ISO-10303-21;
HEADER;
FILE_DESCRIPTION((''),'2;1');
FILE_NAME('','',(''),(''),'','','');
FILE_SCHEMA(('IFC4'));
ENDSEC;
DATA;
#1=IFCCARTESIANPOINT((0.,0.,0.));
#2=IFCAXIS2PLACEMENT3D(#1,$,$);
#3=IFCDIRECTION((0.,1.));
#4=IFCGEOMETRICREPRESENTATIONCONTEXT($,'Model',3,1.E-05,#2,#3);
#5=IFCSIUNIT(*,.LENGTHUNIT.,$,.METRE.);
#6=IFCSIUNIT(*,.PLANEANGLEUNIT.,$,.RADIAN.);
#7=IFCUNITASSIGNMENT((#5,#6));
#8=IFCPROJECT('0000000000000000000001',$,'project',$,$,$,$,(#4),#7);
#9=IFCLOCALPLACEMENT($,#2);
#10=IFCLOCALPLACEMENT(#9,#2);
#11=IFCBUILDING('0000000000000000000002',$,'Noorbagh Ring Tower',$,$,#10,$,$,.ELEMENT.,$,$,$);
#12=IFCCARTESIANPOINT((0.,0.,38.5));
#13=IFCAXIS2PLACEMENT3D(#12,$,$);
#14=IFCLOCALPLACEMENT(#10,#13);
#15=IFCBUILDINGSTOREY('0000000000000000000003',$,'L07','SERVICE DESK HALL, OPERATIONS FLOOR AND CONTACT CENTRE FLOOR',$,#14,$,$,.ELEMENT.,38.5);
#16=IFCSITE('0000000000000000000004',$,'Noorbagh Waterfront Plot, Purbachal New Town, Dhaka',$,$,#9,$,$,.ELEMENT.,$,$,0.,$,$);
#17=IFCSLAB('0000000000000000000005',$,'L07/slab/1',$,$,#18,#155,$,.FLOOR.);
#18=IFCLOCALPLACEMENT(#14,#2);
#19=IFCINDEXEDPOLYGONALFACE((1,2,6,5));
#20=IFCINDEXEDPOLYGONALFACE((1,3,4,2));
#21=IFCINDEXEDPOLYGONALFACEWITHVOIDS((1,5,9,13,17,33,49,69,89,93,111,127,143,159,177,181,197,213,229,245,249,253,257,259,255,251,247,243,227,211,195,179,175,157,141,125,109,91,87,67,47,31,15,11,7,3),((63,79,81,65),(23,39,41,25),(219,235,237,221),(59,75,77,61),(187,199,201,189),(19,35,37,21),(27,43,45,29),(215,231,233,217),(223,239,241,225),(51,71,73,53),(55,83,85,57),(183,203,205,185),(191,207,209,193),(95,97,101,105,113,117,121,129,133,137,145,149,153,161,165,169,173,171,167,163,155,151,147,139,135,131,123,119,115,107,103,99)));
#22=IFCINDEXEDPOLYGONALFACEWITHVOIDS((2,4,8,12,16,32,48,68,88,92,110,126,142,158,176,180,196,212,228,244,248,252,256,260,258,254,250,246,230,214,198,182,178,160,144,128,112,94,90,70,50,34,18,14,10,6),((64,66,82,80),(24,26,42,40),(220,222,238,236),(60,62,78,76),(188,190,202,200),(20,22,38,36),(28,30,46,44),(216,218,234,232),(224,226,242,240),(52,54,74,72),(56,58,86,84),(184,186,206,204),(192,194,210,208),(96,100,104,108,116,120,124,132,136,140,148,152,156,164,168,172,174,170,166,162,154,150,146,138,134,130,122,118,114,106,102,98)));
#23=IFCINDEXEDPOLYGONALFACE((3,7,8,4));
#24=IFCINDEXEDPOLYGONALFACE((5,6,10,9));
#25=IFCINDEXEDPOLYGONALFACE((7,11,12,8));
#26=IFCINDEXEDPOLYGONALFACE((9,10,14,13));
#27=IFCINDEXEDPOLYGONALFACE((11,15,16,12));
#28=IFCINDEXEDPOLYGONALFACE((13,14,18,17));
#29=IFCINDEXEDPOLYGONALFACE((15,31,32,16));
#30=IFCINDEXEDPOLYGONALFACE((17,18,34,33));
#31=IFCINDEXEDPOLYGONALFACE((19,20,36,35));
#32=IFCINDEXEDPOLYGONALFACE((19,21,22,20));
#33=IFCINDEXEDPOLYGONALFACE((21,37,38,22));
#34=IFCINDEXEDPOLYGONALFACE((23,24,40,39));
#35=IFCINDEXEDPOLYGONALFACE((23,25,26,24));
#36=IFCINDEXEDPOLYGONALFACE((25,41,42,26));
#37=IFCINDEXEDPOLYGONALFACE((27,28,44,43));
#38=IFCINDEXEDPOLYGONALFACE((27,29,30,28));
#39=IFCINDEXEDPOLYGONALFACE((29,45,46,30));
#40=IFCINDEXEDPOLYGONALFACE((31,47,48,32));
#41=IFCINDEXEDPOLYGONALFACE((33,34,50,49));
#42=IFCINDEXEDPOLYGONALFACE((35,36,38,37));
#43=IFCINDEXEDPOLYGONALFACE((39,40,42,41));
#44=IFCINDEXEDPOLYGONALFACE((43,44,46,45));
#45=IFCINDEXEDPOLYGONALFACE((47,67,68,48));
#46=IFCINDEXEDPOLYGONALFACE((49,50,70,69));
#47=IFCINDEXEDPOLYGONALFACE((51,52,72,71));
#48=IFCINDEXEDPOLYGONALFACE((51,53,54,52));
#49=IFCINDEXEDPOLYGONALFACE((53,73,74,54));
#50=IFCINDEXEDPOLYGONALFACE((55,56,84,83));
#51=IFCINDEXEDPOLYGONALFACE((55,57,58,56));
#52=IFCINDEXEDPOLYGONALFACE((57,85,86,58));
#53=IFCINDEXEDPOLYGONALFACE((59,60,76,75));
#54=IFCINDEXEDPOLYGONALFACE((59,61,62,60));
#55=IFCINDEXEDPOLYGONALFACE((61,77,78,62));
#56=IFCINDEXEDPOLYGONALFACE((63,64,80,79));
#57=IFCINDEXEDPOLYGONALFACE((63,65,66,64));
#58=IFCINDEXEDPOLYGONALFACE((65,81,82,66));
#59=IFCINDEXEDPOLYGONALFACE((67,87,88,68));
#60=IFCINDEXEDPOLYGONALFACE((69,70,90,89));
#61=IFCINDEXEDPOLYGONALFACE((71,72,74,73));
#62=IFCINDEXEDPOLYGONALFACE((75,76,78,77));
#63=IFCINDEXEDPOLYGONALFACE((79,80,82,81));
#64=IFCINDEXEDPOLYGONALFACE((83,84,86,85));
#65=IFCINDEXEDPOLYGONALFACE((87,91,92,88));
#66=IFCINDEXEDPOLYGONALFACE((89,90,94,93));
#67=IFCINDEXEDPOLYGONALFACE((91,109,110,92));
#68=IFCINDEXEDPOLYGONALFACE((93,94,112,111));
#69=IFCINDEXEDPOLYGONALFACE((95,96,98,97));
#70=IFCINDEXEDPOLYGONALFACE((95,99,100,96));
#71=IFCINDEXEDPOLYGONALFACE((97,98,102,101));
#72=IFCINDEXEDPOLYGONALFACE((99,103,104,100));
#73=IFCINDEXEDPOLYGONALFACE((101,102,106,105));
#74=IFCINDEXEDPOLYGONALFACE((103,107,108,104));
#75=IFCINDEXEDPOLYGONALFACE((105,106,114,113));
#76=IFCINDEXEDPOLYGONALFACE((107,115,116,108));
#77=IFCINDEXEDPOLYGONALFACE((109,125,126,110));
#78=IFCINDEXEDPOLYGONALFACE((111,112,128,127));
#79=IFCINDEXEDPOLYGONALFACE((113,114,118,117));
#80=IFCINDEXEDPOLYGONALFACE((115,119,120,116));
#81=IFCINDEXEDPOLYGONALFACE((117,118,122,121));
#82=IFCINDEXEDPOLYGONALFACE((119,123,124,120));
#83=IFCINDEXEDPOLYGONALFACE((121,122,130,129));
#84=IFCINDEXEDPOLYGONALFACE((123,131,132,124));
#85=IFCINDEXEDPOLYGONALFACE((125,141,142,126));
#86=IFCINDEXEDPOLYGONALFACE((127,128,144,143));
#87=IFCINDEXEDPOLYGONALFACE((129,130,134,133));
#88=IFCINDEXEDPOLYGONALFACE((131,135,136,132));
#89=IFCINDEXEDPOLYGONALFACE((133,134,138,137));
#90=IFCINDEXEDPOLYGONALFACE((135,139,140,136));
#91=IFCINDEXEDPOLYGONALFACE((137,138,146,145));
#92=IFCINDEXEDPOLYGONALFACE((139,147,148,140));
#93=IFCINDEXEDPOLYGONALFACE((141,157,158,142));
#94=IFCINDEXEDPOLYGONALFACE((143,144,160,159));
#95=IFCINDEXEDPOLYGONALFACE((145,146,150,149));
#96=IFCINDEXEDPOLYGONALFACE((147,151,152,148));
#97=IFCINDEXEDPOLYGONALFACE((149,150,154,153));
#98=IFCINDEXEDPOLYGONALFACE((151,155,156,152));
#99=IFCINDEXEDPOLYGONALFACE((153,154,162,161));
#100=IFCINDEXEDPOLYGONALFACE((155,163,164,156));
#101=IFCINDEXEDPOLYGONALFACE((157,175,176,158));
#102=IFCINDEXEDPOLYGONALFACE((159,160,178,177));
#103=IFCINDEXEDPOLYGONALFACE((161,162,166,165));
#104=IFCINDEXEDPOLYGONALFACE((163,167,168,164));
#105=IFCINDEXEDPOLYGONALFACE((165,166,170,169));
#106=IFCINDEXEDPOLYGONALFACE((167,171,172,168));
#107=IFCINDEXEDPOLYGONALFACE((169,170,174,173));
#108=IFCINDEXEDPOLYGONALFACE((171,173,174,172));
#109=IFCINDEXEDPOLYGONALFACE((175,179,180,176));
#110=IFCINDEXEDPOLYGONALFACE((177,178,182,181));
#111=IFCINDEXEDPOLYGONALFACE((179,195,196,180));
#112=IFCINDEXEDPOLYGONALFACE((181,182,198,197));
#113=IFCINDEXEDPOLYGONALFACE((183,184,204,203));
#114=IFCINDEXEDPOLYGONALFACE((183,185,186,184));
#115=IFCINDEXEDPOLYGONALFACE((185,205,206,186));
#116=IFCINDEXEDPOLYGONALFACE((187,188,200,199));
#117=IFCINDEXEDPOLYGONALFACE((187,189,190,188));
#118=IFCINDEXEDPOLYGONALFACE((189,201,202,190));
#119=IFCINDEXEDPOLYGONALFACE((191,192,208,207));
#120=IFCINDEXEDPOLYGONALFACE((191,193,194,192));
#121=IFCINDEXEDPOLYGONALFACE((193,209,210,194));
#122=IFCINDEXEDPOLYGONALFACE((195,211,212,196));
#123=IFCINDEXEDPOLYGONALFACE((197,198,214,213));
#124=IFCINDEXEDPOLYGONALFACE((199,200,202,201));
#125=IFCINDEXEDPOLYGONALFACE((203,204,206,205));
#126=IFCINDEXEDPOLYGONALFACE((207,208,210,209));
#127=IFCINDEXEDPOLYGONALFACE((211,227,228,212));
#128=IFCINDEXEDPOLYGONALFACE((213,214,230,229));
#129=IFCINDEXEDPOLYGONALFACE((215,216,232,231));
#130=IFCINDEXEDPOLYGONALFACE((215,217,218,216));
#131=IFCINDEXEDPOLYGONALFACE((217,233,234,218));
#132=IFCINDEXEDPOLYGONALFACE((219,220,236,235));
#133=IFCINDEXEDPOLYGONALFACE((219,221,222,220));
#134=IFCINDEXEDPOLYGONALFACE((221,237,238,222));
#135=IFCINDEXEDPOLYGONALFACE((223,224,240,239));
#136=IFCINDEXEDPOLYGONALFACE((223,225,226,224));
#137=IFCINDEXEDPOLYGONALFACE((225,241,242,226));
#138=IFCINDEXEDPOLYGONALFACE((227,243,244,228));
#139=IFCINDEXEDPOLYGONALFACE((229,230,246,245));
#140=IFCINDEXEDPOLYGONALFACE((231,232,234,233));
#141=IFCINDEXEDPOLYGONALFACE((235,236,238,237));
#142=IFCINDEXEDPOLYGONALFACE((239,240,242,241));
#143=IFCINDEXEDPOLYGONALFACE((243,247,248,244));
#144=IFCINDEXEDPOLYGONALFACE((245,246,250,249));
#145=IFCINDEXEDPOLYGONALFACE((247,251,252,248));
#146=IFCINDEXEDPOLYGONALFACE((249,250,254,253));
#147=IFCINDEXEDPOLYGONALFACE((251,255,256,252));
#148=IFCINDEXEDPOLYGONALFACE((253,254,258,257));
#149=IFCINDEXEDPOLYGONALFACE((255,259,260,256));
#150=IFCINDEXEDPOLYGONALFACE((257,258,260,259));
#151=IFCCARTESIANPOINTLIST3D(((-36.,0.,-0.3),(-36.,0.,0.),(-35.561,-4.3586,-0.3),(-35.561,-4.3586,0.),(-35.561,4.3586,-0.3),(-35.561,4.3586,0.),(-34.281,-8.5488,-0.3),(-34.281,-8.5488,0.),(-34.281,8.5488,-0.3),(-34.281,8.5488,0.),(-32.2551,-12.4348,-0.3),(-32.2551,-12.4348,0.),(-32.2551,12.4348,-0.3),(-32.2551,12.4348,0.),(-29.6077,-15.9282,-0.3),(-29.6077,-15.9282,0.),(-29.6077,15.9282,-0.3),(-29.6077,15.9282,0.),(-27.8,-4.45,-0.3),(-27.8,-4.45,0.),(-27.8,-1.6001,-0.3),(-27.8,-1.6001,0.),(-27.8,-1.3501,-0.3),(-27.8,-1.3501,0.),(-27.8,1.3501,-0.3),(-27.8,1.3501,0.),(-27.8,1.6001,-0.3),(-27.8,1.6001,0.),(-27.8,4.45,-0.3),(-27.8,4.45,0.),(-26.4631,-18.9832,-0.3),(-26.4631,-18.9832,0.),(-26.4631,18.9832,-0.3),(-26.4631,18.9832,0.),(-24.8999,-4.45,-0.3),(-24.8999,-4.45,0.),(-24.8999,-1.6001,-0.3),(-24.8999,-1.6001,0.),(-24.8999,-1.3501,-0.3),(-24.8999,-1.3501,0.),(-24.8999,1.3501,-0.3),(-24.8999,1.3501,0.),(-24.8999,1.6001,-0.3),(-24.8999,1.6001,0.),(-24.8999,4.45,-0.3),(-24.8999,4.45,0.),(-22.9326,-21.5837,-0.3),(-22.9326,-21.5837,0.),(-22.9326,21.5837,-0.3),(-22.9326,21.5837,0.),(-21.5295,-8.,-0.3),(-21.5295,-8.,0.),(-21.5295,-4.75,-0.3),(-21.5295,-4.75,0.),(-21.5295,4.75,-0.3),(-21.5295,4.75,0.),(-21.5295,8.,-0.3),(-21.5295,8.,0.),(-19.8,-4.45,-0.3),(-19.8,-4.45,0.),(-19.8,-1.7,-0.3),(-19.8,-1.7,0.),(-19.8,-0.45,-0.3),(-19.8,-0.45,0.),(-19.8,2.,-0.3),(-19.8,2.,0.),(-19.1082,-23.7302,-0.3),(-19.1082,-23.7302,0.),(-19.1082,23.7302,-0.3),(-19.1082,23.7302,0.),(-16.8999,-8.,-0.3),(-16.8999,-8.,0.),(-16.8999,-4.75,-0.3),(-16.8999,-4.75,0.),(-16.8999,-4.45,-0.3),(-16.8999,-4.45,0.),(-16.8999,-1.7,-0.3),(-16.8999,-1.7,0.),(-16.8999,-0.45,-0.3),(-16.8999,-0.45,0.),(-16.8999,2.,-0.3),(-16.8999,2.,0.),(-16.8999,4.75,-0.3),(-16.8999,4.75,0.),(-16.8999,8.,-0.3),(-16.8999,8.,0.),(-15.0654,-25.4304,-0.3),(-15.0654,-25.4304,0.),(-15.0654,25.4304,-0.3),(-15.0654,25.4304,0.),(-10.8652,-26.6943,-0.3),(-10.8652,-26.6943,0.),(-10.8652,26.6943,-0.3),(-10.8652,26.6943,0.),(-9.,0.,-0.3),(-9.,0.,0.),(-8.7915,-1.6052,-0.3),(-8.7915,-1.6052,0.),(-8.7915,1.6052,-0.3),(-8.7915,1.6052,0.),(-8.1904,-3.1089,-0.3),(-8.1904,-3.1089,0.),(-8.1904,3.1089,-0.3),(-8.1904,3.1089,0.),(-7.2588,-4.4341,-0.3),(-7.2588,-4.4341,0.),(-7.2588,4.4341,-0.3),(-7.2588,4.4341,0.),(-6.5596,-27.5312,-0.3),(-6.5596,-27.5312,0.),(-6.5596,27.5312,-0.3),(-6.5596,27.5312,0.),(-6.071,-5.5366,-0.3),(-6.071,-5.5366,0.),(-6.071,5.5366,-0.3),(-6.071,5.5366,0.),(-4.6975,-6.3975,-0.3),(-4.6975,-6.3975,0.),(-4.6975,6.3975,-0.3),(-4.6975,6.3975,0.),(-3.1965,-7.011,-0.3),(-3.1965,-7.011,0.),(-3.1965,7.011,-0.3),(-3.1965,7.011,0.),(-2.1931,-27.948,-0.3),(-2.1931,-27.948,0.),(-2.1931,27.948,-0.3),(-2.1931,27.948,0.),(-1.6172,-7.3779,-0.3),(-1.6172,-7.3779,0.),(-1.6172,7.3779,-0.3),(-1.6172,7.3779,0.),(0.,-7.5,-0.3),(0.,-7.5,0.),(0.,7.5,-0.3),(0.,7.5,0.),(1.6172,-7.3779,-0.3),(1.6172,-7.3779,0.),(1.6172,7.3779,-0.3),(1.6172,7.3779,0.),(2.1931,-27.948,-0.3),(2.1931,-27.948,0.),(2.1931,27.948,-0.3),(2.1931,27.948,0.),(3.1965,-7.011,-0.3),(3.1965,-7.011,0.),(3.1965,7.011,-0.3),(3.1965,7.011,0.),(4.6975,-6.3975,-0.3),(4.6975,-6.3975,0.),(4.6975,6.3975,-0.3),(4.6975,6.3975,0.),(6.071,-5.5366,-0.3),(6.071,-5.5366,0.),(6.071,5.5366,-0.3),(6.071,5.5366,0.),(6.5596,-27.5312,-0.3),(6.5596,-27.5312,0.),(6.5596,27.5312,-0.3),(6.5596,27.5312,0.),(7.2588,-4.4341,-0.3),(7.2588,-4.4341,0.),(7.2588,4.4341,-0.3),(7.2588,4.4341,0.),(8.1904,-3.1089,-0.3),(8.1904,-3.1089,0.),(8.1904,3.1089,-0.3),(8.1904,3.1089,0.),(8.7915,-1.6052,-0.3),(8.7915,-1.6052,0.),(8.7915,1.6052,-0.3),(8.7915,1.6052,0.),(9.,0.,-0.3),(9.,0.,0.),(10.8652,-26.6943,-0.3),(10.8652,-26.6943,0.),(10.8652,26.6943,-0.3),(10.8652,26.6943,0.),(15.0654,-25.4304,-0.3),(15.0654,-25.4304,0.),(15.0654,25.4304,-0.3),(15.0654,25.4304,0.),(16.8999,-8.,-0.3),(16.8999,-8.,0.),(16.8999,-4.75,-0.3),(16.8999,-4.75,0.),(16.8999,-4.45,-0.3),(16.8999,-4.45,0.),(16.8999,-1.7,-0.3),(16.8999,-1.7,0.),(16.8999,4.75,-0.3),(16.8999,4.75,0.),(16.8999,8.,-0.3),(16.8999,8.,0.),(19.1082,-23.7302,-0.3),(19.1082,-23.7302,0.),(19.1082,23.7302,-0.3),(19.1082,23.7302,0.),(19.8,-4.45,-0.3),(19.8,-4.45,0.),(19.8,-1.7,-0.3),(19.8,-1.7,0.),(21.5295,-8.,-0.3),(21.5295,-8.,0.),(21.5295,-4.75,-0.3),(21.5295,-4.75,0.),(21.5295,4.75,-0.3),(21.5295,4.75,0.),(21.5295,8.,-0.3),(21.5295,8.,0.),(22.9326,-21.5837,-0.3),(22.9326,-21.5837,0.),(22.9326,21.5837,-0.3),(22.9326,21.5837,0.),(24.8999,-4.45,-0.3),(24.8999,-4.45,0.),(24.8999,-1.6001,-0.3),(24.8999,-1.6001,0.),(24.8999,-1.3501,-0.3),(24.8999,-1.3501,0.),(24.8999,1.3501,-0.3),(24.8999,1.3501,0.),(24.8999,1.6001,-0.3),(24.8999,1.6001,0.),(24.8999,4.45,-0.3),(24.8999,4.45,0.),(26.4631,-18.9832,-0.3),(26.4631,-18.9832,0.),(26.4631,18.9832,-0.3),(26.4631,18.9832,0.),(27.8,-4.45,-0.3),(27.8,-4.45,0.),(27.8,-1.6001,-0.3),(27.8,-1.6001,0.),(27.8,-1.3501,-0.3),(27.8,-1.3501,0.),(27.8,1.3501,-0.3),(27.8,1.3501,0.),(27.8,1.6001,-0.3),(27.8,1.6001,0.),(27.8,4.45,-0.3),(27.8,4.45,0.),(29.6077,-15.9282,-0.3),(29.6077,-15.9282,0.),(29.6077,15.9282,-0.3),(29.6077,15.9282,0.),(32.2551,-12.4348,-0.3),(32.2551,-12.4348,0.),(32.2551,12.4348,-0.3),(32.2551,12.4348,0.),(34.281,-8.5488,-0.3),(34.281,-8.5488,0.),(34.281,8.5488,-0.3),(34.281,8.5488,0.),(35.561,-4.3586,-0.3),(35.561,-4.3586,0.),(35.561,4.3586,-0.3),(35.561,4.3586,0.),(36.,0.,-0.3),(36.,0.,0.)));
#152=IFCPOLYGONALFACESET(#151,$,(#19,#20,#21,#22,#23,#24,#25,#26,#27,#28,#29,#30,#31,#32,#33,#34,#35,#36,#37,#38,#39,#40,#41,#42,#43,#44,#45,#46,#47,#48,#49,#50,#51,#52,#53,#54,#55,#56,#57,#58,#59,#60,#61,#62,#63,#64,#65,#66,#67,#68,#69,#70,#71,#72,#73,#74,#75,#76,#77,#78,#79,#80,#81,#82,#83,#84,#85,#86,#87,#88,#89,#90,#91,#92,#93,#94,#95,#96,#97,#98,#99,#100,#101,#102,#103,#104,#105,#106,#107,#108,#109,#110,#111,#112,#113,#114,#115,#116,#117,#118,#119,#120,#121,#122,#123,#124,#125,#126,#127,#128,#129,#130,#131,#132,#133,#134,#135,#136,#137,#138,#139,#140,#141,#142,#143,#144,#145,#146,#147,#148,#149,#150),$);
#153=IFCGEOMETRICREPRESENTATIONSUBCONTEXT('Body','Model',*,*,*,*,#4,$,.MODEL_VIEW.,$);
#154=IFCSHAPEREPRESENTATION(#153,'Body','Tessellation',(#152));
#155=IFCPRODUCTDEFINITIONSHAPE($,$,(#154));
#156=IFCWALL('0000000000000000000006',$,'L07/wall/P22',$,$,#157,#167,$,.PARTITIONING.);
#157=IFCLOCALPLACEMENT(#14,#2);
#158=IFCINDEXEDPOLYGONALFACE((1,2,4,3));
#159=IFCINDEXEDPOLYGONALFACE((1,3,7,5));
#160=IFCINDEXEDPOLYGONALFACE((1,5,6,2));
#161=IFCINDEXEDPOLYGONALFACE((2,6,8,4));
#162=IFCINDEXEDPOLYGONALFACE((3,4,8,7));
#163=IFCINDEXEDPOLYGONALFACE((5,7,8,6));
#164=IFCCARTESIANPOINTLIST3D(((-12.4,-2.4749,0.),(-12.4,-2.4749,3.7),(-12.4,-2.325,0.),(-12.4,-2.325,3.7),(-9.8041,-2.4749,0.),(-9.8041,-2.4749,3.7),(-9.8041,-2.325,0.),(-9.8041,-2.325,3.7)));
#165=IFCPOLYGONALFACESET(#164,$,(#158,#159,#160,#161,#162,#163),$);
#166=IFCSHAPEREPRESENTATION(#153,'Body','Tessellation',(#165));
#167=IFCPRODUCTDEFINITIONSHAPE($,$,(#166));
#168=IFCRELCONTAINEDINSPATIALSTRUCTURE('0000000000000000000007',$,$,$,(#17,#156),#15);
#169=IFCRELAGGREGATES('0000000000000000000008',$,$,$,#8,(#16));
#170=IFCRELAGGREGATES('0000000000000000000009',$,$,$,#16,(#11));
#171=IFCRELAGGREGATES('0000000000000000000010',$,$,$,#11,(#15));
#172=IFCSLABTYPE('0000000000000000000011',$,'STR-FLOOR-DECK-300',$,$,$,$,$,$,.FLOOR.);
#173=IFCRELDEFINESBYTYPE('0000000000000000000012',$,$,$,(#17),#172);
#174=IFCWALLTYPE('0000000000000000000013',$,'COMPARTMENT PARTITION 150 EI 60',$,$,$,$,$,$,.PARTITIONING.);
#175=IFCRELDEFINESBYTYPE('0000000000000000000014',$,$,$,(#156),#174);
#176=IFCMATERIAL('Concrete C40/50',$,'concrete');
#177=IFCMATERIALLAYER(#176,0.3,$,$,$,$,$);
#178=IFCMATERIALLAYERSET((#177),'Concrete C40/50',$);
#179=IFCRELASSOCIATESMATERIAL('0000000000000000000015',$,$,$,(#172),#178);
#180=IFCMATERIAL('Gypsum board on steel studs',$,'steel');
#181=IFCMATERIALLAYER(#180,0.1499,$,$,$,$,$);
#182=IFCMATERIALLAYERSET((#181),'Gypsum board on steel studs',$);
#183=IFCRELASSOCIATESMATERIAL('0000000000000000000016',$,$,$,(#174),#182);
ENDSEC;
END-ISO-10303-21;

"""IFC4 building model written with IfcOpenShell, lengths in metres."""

from ifc_helpers import new_model, si_unit, direction, frame, frame_2d, origin, place, context, subcontext, project, spatial, polyline, rectangle, outline, extrude, material, layer, layer_set, type_object, element, save


model = new_model("IFC4")

# Units and contexts
model_context = context("Model", 3, precision=1e-05, world=origin(), true_north=direction((0.0, 1.0)))
body_context = subcontext(model_context, "Body", "Model", "MODEL_VIEW")
ifc_project = project(units=[si_unit("LENGTHUNIT", "METRE"), si_unit("PLANEANGLEUNIT", "RADIAN")], contexts=[model_context])

# Site, building, storey
site_placement = place(None, origin())
site = spatial("IfcSite", under=ifc_project, at=site_placement, Name="Noorbagh Waterfront Plot, Purbachal New Town, Dhaka", CompositionType="ELEMENT", RefElevation=0.0)
building_placement = place(site_placement, origin())
building = spatial("IfcBuilding", under=site, at=building_placement, Name="Noorbagh Ring Tower", CompositionType="ELEMENT")
storey_placement = place(building_placement, frame((0.0, 0.0, 38.5)))
storey = spatial("IfcBuildingStorey", under=building, at=storey_placement, Name="L07", Description="SERVICE DESK HALL, OPERATIONS FLOOR AND CONTACT CENTRE FLOOR", CompositionType="ELEMENT", Elevation=38.5)

# Slab
ifc_material_1 = material(Name="Concrete C40/50", Category="concrete")
ifc_layer_1 = layer(ifc_material_1, 0.3)
ifc_layer_set_1 = layer_set([ifc_layer_1], Name="Concrete C40/50")
slab_type_1 = type_object("IfcSlabType", Name="STR-FLOOR-DECK-300", PredefinedType="FLOOR", material=ifc_layer_set_1)
slab_1_placement = place(storey_placement, frame((0.0, 0.0, -0.3)))
element("IfcSlab", 1, at=slab_1_placement, inside=storey, type_object=slab_type_1, Name="L07/slab/1", PredefinedType="FLOOR", context=body_context, shape_type="SweptSolid", body=[
    extrude(outline(polyline([(36.0, 0.0), (35.561, 4.3586), (34.281, 8.5488), (32.2551, 12.4348), (29.6077, 15.9282), (26.4631, 18.9832), (22.9326, 21.5837), (19.1082, 23.7302), (15.0654, 25.4304), (10.8652, 26.6943), (6.5596, 27.5312), (2.1931, 27.948), (-2.1931, 27.948), (-6.5596, 27.5312), (-10.8652, 26.6943), (-15.0654, 25.4304), (-19.1082, 23.7302), (-22.9326, 21.5837), (-26.4631, 18.9832), (-29.6077, 15.9282), (-32.2551, 12.4348), (-34.281, 8.5488), (-35.561, 4.3586), (-36.0, 0.0), (-35.561, -4.3586), (-34.281, -8.5488), (-32.2551, -12.4348), (-29.6077, -15.9282), (-26.4631, -18.9832), (-22.9326, -21.5837), (-19.1082, -23.7302), (-15.0654, -25.4304), (-10.8652, -26.6943), (-6.5596, -27.5312), (-2.1931, -27.948), (2.1931, -27.948), (6.5596, -27.5312), (10.8652, -26.6943), (15.0654, -25.4304), (19.1082, -23.7302), (22.9326, -21.5837), (26.4631, -18.9832), (29.6077, -15.9282), (32.2551, -12.4348), (34.281, -8.5488), (35.561, -4.3586), (36.0, 0.0)]), holes=[polyline([(24.8999, -1.6001), (27.8, -1.6001), (27.8, -4.45), (24.8999, -4.45), (24.8999, -1.6001)]), polyline([(24.8999, 1.3501), (27.8, 1.3501), (27.8, -1.3501), (24.8999, -1.3501), (24.8999, 1.3501)]), polyline([(24.8999, 4.45), (27.8, 4.45), (27.8, 1.6001), (24.8999, 1.6001), (24.8999, 4.45)]), polyline([(21.5295, -4.75), (21.5295, -8.0), (16.8999, -8.0), (16.8999, -4.75), (21.5295, -4.75)]), polyline([(21.5295, 4.75), (16.8999, 4.75), (16.8999, 8.0), (21.5295, 8.0), (21.5295, 4.75)]), polyline([(16.8999, -1.7), (19.8, -1.7), (19.8, -4.45), (16.8999, -4.45), (16.8999, -1.7)]), polyline([(4.6975, -6.3975), (3.1965, -7.011), (1.6172, -7.3779), (0.0, -7.5), (-1.6172, -7.3779), (-3.1965, -7.011), (-4.6975, -6.3975), (-6.071, -5.5366), (-7.2588, -4.4341), (-8.1904, -3.1089), (-8.7915, -1.6052), (-9.0, 0.0), (-8.7915, 1.6052), (-8.1904, 3.1089), (-7.2588, 4.4341), (-6.071, 5.5366), (-4.6975, 6.3975), (-3.1965, 7.011), (-1.6172, 7.3779), (0.0, 7.5), (1.6172, 7.3779), (3.1965, 7.011), (4.6975, 6.3975), (6.071, 5.5366), (7.2588, 4.4341), (8.1904, 3.1089), (8.7915, 1.6052), (9.0, 0.0), (8.7915, -1.6052), (8.1904, -3.1089), (7.2588, -4.4341), (6.071, -5.5366), (4.6975, -6.3975)]), polyline([(-21.5295, -8.0), (-21.5295, -4.75), (-16.8999, -4.75), (-16.8999, -8.0), (-21.5295, -8.0)]), polyline([(-21.5295, 8.0), (-16.8999, 8.0), (-16.8999, 4.75), (-21.5295, 4.75), (-21.5295, 8.0)]), polyline([(-16.8999, -4.45), (-19.8, -4.45), (-19.8, -1.7), (-16.8999, -1.7), (-16.8999, -4.45)]), polyline([(-16.8999, -0.45), (-19.8, -0.45), (-19.8, 2.0), (-16.8999, 2.0), (-16.8999, -0.45)]), polyline([(-24.8999, -4.45), (-27.8, -4.45), (-27.8, -1.6001), (-24.8999, -1.6001), (-24.8999, -4.45)]), polyline([(-24.8999, -1.3501), (-27.8, -1.3501), (-27.8, 1.3501), (-24.8999, 1.3501), (-24.8999, -1.3501)]), polyline([(-24.8999, 1.6001), (-27.8, 1.6001), (-27.8, 4.45), (-24.8999, 4.45), (-24.8999, 1.6001)])]), origin(), (0.0, 0.0, 1.0), 0.3),
])

# Wall
ifc_material_2 = material(Name="Gypsum board on steel studs", Category="steel")
ifc_layer_2 = layer(ifc_material_2, 0.1499)
ifc_layer_set_2 = layer_set([ifc_layer_2], Name="Gypsum board on steel studs")
wall_type_1 = type_object("IfcWallType", Name="COMPARTMENT PARTITION 150 EI 60", PredefinedType="PARTITIONING", material=ifc_layer_set_2)
wall_1_placement = place(storey_placement, frame((-12.3999, -2.3999, 0.0), z_axis=(0.0, 0.0, 1.0), x_axis=(1.0, 0.0, 0.0)))
element("IfcWall", 2, at=wall_1_placement, inside=storey, type_object=wall_type_1, Name="L07/wall/P22", PredefinedType="PARTITIONING", context=body_context, shape_type="SweptSolid", body=[
    extrude(rectangle(XDim=2.5959, YDim=0.1499, at=frame_2d((1.2979, 0.0))), origin(), (0.0, 0.0, 1.0), 3.7),
])

save(model, "model.ifc")
